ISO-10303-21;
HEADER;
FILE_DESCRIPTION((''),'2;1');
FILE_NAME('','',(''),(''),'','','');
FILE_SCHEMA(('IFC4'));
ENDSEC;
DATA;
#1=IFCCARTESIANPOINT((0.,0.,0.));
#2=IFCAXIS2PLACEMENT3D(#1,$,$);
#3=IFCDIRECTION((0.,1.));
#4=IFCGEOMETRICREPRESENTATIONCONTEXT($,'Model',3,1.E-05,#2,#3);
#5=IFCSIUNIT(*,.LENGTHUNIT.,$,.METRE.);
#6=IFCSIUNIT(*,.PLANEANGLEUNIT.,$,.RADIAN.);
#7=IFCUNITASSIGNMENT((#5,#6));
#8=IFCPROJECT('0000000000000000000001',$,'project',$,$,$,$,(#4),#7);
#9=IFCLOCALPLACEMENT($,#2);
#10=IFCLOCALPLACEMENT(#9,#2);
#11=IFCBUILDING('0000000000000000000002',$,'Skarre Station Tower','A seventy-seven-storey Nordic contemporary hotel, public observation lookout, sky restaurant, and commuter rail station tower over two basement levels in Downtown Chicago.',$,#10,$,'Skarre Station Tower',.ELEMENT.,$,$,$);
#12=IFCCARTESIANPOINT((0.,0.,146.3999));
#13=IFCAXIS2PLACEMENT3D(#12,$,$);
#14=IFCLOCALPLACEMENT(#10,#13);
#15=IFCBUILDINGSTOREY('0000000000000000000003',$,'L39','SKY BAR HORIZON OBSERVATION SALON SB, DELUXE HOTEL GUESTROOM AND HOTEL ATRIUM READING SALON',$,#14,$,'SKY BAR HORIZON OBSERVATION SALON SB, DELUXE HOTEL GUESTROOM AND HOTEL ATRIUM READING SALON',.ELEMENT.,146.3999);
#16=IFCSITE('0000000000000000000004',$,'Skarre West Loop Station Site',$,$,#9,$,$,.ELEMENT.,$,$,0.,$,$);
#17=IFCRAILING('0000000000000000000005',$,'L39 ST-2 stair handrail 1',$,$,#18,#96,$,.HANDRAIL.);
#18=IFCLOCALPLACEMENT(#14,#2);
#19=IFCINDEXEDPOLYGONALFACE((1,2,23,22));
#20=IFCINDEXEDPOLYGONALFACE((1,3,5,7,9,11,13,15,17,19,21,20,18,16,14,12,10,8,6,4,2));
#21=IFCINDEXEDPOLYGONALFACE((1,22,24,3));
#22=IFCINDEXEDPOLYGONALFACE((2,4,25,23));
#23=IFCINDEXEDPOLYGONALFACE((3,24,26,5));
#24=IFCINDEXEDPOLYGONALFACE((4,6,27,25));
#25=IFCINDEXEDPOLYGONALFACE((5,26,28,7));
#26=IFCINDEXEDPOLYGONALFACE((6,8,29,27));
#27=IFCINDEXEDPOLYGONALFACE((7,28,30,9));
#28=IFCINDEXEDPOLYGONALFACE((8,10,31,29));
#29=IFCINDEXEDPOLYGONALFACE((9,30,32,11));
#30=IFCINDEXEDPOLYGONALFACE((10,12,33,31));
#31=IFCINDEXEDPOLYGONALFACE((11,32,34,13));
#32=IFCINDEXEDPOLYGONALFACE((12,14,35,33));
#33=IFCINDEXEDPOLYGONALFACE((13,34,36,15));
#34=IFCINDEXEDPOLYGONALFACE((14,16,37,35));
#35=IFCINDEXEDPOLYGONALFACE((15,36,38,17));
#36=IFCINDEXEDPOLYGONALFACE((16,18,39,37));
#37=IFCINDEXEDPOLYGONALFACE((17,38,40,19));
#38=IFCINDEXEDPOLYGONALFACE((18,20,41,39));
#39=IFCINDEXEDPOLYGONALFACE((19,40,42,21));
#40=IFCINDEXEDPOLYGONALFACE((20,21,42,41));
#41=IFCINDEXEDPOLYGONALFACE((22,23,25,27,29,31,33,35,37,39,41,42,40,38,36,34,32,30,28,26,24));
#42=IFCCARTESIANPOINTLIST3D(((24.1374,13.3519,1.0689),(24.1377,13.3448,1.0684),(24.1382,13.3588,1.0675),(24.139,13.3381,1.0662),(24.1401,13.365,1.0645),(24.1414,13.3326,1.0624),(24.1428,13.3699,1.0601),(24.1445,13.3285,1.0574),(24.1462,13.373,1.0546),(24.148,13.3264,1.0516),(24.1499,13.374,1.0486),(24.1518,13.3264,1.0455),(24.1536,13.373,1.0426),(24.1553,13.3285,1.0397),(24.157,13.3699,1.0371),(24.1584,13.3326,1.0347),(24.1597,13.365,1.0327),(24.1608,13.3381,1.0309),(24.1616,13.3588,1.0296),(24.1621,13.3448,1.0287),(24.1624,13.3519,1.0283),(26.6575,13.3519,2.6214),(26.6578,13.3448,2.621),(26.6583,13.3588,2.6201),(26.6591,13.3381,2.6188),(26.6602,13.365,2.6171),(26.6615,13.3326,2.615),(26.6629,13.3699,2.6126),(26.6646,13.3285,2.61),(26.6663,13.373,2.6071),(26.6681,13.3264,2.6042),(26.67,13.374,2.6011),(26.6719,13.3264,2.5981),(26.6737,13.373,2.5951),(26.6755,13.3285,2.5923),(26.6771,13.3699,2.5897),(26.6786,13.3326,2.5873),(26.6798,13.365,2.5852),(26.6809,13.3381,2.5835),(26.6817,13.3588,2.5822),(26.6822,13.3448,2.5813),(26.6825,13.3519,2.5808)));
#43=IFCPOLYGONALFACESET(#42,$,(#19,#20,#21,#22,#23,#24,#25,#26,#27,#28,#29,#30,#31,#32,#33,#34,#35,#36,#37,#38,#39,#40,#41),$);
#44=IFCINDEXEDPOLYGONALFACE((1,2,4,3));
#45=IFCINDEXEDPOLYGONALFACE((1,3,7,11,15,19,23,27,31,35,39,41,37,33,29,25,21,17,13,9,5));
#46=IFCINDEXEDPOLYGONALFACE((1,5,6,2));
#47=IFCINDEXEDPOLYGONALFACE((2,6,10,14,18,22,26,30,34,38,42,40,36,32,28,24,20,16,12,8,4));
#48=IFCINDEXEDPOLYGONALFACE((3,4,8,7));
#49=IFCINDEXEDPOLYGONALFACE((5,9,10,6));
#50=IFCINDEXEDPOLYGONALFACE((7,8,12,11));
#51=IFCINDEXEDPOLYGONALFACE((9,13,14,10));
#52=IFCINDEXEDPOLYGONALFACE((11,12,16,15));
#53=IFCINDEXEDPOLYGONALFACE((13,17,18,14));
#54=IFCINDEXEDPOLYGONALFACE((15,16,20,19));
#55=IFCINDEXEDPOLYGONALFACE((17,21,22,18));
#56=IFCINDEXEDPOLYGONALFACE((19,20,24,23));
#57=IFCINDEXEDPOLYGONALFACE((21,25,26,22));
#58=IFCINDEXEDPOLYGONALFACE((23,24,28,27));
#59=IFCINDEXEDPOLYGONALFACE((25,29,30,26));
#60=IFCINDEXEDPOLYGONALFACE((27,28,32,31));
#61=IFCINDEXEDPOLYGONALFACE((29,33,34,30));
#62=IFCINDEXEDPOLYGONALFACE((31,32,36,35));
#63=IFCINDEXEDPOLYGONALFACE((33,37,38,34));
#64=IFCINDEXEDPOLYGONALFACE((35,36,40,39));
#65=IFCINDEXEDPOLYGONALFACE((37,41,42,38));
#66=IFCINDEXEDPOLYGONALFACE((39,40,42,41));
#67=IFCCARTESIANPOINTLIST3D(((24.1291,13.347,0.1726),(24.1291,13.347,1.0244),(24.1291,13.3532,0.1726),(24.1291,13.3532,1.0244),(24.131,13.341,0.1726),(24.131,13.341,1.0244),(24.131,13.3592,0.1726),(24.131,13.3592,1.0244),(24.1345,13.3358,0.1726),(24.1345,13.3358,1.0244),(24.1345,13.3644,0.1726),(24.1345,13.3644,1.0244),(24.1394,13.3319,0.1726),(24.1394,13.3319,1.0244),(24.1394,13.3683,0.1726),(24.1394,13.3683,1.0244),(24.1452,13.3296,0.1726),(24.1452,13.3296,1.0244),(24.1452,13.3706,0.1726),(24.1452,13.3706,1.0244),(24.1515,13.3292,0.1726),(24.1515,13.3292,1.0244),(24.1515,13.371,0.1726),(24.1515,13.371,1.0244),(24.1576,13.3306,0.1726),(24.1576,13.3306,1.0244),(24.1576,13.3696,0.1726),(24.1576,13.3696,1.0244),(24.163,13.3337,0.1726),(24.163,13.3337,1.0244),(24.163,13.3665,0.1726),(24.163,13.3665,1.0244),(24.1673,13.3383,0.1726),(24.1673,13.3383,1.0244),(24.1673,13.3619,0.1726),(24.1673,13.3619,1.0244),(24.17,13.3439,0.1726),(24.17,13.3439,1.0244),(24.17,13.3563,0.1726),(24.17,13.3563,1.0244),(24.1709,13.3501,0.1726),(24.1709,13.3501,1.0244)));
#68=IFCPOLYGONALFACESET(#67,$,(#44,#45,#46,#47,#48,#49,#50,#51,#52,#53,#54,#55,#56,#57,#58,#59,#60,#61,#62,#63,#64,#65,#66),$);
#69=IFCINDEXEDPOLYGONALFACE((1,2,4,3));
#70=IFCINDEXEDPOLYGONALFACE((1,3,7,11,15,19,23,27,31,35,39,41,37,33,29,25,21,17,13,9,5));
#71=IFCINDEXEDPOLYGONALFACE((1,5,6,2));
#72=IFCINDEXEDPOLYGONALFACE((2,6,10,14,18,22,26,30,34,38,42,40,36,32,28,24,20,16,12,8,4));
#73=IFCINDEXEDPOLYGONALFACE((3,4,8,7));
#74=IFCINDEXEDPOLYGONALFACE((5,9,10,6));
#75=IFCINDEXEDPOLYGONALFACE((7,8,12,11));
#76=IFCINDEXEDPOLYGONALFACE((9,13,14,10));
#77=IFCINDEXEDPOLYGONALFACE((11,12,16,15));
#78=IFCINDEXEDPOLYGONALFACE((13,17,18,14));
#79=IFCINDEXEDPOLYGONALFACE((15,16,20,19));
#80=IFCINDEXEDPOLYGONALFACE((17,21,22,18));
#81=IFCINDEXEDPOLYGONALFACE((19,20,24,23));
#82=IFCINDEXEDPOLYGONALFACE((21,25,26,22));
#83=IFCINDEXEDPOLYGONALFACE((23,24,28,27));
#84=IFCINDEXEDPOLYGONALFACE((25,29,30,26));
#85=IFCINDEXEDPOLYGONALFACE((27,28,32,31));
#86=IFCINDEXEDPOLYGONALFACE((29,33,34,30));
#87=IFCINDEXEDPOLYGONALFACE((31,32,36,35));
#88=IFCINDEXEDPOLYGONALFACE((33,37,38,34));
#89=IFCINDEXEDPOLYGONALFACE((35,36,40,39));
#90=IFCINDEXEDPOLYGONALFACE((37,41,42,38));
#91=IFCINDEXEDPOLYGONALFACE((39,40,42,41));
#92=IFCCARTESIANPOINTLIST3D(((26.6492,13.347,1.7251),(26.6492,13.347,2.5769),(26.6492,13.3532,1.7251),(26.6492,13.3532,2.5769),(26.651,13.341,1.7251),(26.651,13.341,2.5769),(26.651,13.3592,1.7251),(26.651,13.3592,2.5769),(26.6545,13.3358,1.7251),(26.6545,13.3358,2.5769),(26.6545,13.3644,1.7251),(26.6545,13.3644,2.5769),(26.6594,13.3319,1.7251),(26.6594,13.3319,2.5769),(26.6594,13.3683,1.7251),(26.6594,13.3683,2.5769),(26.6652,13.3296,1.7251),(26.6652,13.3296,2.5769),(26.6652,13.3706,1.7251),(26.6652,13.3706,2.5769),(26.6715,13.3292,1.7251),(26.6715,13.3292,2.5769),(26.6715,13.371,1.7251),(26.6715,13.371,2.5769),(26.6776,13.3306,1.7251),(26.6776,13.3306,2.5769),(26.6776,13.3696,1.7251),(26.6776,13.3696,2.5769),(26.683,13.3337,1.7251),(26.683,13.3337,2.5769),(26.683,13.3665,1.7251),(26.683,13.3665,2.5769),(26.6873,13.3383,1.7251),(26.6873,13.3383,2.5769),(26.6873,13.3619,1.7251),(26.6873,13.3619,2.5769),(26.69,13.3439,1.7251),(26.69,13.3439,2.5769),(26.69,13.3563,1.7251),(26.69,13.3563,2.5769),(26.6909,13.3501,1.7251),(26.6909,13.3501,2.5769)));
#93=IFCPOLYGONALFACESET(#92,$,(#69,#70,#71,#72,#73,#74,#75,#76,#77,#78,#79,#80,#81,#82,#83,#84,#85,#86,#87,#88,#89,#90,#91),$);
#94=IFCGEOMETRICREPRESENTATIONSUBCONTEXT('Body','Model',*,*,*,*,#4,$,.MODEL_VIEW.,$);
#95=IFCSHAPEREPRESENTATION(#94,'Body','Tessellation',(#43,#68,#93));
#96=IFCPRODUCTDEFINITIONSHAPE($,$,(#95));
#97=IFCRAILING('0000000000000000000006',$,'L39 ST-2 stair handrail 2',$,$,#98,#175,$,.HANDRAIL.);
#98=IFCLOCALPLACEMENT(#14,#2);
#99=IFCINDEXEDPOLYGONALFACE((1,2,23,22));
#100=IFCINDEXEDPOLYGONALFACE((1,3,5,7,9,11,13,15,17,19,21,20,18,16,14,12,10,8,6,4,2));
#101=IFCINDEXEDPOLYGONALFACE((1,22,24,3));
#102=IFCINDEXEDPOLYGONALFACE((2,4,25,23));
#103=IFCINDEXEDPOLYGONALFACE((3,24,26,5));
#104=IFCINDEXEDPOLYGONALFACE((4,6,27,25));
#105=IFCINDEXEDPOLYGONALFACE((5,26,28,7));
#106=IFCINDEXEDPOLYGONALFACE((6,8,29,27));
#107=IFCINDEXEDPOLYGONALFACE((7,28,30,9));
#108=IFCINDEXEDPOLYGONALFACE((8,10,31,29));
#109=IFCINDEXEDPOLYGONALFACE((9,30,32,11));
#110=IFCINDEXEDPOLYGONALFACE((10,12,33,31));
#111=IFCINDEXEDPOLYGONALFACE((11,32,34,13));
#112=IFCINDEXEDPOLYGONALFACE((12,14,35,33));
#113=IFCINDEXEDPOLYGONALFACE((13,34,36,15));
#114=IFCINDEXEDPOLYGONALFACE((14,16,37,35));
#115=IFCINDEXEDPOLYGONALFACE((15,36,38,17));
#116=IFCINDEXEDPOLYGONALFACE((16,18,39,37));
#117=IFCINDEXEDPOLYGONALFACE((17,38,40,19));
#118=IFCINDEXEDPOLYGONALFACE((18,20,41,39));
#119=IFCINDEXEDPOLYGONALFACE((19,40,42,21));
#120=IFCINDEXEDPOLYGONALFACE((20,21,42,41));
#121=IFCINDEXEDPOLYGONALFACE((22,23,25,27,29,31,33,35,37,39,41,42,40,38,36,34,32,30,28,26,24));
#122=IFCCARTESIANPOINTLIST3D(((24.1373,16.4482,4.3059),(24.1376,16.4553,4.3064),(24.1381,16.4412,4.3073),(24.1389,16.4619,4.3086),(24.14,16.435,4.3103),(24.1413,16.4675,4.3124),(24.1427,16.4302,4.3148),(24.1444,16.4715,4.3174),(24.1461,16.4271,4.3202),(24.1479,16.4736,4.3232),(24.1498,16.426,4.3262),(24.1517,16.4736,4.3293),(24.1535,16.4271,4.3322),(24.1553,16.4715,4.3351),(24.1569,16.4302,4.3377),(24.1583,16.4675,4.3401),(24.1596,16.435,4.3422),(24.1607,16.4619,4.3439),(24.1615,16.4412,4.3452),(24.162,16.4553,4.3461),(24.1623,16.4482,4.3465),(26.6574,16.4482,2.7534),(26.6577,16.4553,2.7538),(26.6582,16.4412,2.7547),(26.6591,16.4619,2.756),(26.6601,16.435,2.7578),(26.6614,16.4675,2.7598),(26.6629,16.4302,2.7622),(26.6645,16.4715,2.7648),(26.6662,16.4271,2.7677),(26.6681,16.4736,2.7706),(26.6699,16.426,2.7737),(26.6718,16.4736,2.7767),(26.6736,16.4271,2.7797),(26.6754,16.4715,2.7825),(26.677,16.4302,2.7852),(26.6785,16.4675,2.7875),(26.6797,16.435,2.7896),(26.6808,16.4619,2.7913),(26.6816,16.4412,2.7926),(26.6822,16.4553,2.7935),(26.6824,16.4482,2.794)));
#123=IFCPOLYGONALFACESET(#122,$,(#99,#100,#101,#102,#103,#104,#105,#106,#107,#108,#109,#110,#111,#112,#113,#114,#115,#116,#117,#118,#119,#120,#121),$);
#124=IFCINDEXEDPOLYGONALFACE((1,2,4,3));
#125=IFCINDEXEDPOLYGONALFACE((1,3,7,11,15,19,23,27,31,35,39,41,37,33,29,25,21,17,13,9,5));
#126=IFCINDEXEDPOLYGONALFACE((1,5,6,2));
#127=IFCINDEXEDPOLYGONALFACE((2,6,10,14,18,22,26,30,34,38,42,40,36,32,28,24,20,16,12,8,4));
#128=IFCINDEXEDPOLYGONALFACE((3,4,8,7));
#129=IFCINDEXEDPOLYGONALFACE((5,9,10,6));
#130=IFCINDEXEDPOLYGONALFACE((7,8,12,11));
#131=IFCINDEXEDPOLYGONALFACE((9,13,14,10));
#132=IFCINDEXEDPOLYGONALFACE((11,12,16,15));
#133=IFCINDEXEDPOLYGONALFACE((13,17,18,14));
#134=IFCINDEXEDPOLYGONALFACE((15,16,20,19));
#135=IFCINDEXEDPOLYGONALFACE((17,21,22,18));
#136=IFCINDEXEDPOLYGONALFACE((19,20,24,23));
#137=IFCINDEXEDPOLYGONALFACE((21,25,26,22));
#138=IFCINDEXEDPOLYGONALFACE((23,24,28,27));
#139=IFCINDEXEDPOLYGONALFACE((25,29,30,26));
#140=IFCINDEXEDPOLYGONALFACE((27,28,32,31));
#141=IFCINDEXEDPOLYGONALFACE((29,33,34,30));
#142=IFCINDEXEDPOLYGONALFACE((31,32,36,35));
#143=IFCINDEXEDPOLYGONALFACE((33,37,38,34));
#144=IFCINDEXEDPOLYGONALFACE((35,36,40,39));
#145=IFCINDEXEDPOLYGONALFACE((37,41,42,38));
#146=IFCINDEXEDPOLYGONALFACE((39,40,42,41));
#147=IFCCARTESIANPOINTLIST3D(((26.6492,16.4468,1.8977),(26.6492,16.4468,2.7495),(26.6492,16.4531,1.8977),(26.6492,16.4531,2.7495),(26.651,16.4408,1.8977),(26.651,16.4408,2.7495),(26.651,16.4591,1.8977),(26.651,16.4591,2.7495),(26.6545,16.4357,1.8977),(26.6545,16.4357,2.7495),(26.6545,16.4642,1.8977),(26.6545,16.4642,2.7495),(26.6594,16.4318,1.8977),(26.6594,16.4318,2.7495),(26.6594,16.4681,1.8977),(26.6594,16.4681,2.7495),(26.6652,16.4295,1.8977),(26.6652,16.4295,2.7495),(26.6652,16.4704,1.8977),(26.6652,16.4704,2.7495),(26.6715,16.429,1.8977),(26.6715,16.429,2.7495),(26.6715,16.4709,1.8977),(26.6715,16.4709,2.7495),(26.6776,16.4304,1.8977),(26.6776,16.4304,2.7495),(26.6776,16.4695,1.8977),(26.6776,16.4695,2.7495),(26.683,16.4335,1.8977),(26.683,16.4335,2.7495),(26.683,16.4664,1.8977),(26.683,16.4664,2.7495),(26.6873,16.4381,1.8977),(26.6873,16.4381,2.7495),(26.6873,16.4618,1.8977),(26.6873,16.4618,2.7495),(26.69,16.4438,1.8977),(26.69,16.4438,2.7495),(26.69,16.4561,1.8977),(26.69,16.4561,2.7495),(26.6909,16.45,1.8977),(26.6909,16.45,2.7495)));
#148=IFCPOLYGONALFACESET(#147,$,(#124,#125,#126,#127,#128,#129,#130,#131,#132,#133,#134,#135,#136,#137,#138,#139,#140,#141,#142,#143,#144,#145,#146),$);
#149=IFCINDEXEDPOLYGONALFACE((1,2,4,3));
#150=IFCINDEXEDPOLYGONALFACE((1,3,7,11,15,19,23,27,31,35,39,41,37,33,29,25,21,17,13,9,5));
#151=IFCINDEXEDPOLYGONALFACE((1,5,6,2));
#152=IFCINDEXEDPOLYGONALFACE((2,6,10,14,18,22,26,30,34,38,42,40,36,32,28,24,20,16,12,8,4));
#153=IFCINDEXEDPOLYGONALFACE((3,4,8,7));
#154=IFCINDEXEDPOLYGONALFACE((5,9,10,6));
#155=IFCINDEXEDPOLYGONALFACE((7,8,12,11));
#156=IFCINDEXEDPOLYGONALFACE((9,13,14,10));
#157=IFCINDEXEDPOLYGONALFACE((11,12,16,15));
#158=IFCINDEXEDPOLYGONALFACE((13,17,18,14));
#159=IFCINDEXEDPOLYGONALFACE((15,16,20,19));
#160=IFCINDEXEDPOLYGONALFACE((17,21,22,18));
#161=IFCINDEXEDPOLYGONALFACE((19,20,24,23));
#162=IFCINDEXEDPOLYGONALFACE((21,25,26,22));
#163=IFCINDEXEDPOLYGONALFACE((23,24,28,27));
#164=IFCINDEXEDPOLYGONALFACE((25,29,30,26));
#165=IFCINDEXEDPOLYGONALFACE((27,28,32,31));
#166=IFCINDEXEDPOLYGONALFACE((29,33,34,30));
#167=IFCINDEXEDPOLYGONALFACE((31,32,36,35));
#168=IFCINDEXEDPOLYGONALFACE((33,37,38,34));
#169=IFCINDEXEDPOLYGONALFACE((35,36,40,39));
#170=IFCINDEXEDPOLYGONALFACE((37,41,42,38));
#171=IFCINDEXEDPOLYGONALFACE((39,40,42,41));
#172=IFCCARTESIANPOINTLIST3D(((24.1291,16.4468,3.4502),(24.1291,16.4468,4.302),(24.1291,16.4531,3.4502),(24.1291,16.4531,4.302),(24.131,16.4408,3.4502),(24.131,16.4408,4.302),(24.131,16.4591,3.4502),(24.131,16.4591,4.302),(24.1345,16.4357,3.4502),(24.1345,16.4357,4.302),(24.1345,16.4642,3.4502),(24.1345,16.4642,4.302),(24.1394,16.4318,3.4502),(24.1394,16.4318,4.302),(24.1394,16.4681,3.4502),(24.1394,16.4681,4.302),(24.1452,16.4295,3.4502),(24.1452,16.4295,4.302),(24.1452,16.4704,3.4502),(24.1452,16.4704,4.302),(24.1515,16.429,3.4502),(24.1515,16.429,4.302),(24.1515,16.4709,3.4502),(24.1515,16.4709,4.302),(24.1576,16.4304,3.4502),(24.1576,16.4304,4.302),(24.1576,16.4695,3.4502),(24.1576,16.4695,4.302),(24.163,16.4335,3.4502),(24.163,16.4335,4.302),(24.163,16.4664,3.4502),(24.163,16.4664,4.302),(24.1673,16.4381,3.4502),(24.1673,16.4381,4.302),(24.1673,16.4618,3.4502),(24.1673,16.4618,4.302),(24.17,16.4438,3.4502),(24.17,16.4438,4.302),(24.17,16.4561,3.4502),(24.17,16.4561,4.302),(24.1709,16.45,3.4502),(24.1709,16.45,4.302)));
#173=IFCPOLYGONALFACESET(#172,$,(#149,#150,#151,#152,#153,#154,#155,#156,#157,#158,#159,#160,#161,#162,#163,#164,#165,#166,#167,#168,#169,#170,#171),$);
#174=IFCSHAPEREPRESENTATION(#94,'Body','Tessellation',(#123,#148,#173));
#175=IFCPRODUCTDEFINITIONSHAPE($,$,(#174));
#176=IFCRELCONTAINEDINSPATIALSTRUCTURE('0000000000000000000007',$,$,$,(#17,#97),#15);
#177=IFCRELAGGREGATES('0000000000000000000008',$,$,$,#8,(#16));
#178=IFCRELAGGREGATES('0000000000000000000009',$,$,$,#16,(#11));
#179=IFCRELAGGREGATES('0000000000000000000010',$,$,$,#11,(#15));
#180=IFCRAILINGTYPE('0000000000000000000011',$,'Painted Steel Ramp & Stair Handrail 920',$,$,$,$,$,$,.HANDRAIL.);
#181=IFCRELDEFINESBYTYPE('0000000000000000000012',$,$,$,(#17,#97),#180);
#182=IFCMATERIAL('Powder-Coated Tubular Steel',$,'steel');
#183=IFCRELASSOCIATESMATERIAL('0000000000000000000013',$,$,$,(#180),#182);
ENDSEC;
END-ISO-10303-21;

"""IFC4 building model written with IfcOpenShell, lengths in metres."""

from ifc_helpers import new_model, si_unit, direction, frame, origin, origin_2d, place, context, subcontext, project, spatial, circle, extrude, material, type_object, element, save


model = new_model("IFC4")

# Units and contexts
model_context = context("Model", 3, precision=1e-05, world=origin(), true_north=direction((0.0, 1.0)))
body_context = subcontext(model_context, "Body", "Model", "MODEL_VIEW")
ifc_project = project(units=[si_unit("LENGTHUNIT", "METRE"), si_unit("PLANEANGLEUNIT", "RADIAN")], contexts=[model_context])

# Site, building, storey
site_placement = place(None, origin())
site = spatial("IfcSite", under=ifc_project, at=site_placement, Name="Skarre West Loop Station Site", CompositionType="ELEMENT", RefElevation=0.0)
building_placement = place(site_placement, origin())
building = spatial("IfcBuilding", under=site, at=building_placement, Name="Skarre Station Tower", Description="A seventy-seven-storey Nordic contemporary hotel, public observation lookout, sky restaurant, and commuter rail station tower over two basement levels in Downtown Chicago.", LongName="Skarre Station Tower", CompositionType="ELEMENT")
storey_placement = place(building_placement, frame((0.0, 0.0, 146.3999)))
storey = spatial("IfcBuildingStorey", under=building, at=storey_placement, Name="L39", Description="SKY BAR HORIZON OBSERVATION SALON SB, DELUXE HOTEL GUESTROOM AND HOTEL ATRIUM READING SALON", LongName="SKY BAR HORIZON OBSERVATION SALON SB, DELUXE HOTEL GUESTROOM AND HOTEL ATRIUM READING SALON", CompositionType="ELEMENT", Elevation=146.3999)

# Railings
ifc_material_1 = material(Name="Powder-Coated Tubular Steel", Category="steel")
railing_type_1 = type_object("IfcRailingType", Name="Painted Steel Ramp & Stair Handrail 920", PredefinedType="HANDRAIL", material=ifc_material_1)
railing_1_placement = place(storey_placement, frame((24.1499, 13.3501, 0.1726)))
element("IfcRailing", 1, at=railing_1_placement, inside=storey, type_object=railing_type_1, Name="L39 ST-2 stair handrail 1", PredefinedType="HANDRAIL", context=body_context, shape_type="SweptSolid", body=[
    extrude(circle(Radius=0.0239, at=origin_2d()), frame((0.0, 0.0, 0.876), z_axis=(0.8514, 0.0, 0.524516), x_axis=(0.0, 1.0, 0.0)), (0.0, 0.0, 1.0), 2.96),
    extrude(circle(Radius=0.021, at=origin_2d()), origin(), (0.0, 0.0, 1.0), 0.8518),
    extrude(circle(Radius=0.021, at=origin_2d()), frame((2.52, 0.0, 1.5525)), (0.0, 0.0, 1.0), 0.8518),
])
railing_2_placement = place(storey_placement, frame((26.6699, 16.45, 1.8977)))
element("IfcRailing", 2, at=railing_2_placement, inside=storey, type_object=railing_type_1, Name="L39 ST-2 stair handrail 2", PredefinedType="HANDRAIL", context=body_context, shape_type="SweptSolid", body=[
    extrude(circle(Radius=0.0239, at=origin_2d()), frame((0.0, 0.0, 0.876), z_axis=(-0.8514, 0.0, 0.524516), x_axis=(0.0, -1.0, 0.0)), (0.0, 0.0, 1.0), 2.96),
    extrude(circle(Radius=0.021, at=origin_2d()), origin(), (0.0, 0.0, 1.0), 0.8518),
    extrude(circle(Radius=0.021, at=origin_2d()), frame((-2.52, 0.0, 1.5525)), (0.0, 0.0, 1.0), 0.8518),
])

save(model, "model.ifc")
